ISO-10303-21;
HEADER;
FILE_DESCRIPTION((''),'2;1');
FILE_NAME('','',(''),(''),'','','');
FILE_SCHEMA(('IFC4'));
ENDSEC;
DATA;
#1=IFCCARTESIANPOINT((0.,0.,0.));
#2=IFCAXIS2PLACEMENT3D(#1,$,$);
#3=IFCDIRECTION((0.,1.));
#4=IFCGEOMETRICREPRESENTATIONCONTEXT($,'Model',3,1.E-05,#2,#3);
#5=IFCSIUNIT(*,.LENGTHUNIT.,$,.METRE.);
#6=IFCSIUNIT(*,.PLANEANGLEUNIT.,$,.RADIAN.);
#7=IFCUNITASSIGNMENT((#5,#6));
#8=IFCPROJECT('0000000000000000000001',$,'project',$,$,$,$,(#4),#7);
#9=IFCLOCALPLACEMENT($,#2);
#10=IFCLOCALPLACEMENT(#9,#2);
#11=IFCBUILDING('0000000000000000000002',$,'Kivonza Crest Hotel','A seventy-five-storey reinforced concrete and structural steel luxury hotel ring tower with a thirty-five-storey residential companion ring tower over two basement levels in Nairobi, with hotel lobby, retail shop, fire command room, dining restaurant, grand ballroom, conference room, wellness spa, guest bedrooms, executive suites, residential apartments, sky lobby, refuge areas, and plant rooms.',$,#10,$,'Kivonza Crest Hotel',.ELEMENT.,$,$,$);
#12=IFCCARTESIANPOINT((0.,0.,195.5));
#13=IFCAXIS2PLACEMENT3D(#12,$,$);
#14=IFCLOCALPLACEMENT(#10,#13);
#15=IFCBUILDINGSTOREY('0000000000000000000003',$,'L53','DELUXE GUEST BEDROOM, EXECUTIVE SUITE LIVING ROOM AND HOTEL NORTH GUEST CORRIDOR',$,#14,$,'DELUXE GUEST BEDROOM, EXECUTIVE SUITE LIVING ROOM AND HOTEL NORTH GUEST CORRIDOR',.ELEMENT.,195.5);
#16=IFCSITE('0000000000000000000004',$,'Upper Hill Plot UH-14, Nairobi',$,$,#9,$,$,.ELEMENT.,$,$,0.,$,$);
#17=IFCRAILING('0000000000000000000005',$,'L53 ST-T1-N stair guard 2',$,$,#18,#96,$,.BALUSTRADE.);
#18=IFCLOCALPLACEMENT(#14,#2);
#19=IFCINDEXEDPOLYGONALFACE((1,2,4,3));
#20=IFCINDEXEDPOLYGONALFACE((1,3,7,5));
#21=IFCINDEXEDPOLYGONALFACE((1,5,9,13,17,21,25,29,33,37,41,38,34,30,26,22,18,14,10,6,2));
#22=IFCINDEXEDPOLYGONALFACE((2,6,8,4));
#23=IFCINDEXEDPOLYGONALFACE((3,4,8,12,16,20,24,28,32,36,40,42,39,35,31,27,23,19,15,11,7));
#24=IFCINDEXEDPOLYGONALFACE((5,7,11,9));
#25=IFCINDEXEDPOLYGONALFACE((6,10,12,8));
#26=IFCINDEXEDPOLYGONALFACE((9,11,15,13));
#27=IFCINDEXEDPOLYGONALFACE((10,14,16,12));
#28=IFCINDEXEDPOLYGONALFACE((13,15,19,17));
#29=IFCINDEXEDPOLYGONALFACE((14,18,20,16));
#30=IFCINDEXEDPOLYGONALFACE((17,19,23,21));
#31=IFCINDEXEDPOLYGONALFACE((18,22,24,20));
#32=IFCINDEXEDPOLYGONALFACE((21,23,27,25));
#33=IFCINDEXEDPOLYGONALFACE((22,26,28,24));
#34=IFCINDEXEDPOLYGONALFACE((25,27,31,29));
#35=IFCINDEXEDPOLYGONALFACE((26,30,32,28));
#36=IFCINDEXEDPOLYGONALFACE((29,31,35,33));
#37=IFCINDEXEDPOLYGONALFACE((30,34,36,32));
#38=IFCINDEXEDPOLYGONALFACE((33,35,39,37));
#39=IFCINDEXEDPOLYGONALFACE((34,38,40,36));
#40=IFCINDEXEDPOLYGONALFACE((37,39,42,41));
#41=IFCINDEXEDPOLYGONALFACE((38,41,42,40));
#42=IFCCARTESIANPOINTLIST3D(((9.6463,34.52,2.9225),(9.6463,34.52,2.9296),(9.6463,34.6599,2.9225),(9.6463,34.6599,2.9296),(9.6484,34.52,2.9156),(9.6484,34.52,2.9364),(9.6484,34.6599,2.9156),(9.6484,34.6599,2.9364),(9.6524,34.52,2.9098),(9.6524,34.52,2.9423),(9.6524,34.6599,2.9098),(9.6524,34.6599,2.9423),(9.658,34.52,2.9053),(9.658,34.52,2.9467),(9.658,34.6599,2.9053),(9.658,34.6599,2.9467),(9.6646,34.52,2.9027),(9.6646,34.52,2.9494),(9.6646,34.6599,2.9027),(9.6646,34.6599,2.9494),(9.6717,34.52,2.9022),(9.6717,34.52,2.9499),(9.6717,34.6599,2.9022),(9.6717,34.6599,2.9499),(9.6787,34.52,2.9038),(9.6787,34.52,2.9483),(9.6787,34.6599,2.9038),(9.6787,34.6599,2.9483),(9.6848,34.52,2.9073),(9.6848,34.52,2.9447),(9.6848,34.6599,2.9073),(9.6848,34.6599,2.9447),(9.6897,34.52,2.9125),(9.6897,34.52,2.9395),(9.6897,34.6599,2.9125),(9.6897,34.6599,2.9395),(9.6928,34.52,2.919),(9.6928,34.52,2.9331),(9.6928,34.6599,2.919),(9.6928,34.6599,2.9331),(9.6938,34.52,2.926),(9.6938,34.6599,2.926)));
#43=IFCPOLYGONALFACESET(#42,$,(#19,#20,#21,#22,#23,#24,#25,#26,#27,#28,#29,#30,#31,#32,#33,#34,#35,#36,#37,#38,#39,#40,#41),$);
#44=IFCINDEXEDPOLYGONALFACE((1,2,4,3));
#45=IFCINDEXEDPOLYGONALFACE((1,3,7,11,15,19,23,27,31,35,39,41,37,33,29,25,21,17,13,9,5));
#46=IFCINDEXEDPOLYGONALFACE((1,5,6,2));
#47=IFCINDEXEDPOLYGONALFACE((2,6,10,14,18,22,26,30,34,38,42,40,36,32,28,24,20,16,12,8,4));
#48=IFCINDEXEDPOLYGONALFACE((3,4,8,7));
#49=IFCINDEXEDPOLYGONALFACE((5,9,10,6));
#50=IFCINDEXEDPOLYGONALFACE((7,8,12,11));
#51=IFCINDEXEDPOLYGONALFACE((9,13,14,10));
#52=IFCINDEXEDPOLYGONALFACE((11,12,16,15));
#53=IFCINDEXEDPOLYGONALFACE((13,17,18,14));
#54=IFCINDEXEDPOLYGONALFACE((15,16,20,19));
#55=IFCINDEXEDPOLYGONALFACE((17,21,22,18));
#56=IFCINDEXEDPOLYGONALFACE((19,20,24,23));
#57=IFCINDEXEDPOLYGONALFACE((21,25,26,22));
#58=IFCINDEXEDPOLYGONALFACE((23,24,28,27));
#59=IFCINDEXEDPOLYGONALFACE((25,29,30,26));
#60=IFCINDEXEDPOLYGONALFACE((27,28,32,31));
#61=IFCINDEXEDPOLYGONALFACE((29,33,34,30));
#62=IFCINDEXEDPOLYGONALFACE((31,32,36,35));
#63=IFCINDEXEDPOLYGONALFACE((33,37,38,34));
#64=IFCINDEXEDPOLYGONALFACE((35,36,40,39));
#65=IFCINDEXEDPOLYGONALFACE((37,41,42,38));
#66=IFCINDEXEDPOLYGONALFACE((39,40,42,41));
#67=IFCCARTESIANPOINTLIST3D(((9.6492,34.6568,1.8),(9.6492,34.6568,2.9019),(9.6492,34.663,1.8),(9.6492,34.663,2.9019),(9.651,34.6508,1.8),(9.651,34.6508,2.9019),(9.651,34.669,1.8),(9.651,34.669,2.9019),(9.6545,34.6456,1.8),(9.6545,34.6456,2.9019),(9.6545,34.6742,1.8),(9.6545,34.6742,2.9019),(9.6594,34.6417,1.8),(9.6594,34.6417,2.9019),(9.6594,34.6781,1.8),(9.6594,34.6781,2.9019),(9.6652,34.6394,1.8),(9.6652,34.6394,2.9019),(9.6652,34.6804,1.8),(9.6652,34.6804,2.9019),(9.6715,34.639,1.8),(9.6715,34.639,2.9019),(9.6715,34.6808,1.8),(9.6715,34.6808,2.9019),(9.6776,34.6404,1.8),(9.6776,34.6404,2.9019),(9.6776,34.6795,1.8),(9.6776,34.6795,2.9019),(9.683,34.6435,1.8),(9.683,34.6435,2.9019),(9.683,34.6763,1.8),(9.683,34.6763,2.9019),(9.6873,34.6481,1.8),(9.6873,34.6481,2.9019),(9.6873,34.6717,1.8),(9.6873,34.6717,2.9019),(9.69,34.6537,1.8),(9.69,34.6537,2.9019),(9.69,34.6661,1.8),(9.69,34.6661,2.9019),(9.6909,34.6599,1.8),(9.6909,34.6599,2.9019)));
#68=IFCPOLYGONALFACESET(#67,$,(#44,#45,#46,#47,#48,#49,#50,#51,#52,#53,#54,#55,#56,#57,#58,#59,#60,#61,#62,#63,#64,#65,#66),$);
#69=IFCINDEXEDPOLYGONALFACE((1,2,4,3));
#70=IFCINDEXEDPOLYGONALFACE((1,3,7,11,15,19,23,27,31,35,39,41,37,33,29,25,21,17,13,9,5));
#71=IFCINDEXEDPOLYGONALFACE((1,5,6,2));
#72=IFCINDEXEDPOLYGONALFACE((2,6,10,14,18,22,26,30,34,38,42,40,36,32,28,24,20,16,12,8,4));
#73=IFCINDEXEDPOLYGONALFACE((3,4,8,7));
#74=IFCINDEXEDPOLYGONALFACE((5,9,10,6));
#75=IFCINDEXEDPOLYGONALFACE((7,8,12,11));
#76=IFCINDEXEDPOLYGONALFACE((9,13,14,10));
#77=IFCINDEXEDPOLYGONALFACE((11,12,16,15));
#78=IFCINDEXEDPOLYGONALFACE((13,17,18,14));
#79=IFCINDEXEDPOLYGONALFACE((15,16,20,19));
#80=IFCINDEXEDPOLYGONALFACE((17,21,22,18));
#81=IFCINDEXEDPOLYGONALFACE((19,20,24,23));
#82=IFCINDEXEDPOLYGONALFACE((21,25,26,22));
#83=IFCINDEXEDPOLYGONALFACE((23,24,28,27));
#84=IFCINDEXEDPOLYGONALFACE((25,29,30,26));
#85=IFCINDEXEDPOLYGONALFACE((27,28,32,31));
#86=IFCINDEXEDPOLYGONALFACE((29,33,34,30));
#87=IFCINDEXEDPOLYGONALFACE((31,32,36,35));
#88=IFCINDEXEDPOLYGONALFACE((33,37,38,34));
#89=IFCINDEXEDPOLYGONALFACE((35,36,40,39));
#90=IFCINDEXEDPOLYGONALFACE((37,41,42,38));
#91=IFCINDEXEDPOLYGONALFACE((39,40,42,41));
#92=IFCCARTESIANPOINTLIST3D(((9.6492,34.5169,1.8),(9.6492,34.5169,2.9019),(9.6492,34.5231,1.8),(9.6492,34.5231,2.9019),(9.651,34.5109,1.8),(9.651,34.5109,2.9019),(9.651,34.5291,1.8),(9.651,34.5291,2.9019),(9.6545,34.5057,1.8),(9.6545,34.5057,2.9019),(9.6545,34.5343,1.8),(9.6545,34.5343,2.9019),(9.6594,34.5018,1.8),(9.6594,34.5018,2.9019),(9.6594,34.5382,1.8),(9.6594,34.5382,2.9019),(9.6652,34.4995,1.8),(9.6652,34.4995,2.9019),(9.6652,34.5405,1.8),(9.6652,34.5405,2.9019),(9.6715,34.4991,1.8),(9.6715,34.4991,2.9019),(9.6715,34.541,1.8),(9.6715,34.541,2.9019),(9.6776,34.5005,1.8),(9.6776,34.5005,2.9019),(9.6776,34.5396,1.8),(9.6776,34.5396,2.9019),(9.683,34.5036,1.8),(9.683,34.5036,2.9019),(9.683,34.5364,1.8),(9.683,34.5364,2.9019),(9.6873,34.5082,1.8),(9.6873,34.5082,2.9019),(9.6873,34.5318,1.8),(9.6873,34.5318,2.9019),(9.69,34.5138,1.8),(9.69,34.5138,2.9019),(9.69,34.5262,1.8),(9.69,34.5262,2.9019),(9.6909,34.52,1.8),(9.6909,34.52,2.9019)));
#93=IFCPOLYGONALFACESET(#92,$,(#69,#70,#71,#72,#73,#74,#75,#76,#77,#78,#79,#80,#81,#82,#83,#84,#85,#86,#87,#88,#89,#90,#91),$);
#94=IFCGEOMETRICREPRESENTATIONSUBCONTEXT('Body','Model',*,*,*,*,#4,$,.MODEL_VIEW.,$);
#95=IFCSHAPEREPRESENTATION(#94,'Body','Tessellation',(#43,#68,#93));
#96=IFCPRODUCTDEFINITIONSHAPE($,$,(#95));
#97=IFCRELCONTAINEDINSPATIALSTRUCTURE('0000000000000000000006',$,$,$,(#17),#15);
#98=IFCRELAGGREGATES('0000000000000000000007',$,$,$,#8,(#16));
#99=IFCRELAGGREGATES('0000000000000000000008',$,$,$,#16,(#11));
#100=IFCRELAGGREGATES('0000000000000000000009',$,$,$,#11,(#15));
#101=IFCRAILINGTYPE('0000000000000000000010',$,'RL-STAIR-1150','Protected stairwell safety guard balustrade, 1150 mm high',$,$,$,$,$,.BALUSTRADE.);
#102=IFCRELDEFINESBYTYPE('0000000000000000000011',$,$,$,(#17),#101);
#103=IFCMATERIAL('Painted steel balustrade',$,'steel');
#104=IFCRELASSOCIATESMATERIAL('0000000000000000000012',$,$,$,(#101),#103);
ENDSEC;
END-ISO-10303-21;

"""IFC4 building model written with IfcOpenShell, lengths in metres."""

from ifc_helpers import new_model, si_unit, direction, frame, origin, origin_2d, place, context, subcontext, project, spatial, circle, extrude, material, type_object, element, save


model = new_model("IFC4")

# Units and contexts
model_context = context("Model", 3, precision=1e-05, world=origin(), true_north=direction((0.0, 1.0)))
body_context = subcontext(model_context, "Body", "Model", "MODEL_VIEW")
ifc_project = project(units=[si_unit("LENGTHUNIT", "METRE"), si_unit("PLANEANGLEUNIT", "RADIAN")], contexts=[model_context])

# Site, building, storey
site_placement = place(None, origin())
site = spatial("IfcSite", under=ifc_project, at=site_placement, Name="Upper Hill Plot UH-14, Nairobi", CompositionType="ELEMENT", RefElevation=0.0)
building_placement = place(site_placement, origin())
building = spatial("IfcBuilding", under=site, at=building_placement, Name="Kivonza Crest Hotel", Description="A seventy-five-storey reinforced concrete and structural steel luxury hotel ring tower with a thirty-five-storey residential companion ring tower over two basement levels in Nairobi, with hotel lobby, retail shop, fire command room, dining restaurant, grand ballroom, conference room, wellness spa, guest bedrooms, executive suites, residential apartments, sky lobby, refuge areas, and plant rooms.", LongName="Kivonza Crest Hotel", CompositionType="ELEMENT")
storey_placement = place(building_placement, frame((0.0, 0.0, 195.5)))
storey = spatial("IfcBuildingStorey", under=building, at=storey_placement, Name="L53", Description="DELUXE GUEST BEDROOM, EXECUTIVE SUITE LIVING ROOM AND HOTEL NORTH GUEST CORRIDOR", LongName="DELUXE GUEST BEDROOM, EXECUTIVE SUITE LIVING ROOM AND HOTEL NORTH GUEST CORRIDOR", CompositionType="ELEMENT", Elevation=195.5)

# Railing
ifc_material_1 = material(Name="Painted steel balustrade", Category="steel")
railing_type_1 = type_object("IfcRailingType", Name="RL-STAIR-1150", Description="Protected stairwell safety guard balustrade, 1150 mm high", PredefinedType="BALUSTRADE", material=ifc_material_1)
railing_1_placement = place(storey_placement, frame((9.6699, 34.6599, 1.8)))
element("IfcRailing", 1, at=railing_1_placement, inside=storey, type_object=railing_type_1, Name="L53 ST-T1-N stair guard 2", PredefinedType="BALUSTRADE", context=body_context, shape_type="SweptSolid", body=[
    extrude(circle(Radius=0.0239, at=origin_2d()), frame((0.0, 0.0, 1.126), z_axis=(0.0, -1.0, 0.0), x_axis=(1.0, 0.0, 0.0)), (0.0, 0.0, 1.0), 0.1399),
    extrude(circle(Radius=0.021, at=origin_2d()), origin(), (0.0, 0.0, 1.0), 1.1018),
    extrude(circle(Radius=0.021, at=origin_2d()), frame((0.0, -0.1399, 0.0)), (0.0, 0.0, 1.0), 1.1018),
])

save(model, "model.ifc")
